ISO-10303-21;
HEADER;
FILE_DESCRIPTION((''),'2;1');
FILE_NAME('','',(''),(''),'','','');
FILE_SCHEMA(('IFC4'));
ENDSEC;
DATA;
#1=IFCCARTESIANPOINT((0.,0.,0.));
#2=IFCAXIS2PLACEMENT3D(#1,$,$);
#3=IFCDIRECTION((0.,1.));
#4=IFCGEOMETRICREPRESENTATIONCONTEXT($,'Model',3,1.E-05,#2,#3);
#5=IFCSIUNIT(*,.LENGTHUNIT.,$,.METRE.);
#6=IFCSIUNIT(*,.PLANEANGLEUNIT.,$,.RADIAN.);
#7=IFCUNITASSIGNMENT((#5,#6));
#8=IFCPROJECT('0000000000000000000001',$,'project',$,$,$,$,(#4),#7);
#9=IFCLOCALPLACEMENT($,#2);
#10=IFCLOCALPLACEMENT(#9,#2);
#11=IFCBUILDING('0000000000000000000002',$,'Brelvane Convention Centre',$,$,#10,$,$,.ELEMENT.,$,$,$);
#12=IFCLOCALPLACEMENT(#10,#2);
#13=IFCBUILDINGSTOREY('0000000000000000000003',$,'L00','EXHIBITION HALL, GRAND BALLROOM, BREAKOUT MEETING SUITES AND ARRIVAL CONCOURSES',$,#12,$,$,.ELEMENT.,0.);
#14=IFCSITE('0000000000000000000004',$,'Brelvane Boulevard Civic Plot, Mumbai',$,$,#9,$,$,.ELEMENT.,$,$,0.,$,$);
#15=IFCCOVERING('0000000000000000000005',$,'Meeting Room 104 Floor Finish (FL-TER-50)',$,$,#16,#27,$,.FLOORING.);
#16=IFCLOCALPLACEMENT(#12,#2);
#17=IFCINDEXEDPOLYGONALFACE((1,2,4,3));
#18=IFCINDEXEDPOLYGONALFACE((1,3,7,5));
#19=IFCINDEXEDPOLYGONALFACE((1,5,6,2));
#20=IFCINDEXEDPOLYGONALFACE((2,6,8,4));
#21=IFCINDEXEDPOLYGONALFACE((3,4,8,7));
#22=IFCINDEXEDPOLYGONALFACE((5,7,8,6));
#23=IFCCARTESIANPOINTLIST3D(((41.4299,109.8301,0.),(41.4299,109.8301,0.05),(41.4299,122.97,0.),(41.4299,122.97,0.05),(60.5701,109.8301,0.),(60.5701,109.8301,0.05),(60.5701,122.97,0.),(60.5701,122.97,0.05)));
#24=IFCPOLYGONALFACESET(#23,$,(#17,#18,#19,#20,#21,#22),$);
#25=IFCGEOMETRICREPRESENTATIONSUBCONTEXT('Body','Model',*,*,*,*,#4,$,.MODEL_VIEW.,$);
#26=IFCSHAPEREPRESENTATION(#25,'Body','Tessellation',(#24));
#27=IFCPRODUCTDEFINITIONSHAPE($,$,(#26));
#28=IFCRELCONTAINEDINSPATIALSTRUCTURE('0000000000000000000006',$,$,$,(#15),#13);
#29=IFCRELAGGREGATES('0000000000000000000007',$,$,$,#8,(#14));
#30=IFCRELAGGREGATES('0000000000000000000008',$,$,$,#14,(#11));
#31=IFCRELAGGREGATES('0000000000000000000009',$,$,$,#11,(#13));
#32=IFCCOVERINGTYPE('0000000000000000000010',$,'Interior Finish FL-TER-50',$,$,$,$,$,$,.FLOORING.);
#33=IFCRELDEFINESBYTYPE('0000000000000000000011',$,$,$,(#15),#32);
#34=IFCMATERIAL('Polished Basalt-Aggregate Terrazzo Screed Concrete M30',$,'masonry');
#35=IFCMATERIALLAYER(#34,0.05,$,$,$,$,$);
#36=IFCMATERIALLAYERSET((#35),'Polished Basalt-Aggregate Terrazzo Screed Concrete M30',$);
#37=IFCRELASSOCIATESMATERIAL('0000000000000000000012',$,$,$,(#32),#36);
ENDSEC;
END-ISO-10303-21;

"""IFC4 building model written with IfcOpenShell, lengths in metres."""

from ifc_helpers import new_model, si_unit, direction, origin, place, context, subcontext, project, spatial, polyline, outline, extrude, material, layer, layer_set, type_object, element, save


model = new_model("IFC4")

# Units and contexts
model_context = context("Model", 3, precision=1e-05, world=origin(), true_north=direction((0.0, 1.0)))
body_context = subcontext(model_context, "Body", "Model", "MODEL_VIEW")
ifc_project = project(units=[si_unit("LENGTHUNIT", "METRE"), si_unit("PLANEANGLEUNIT", "RADIAN")], contexts=[model_context])

# Site, building, storey
site_placement = place(None, origin())
site = spatial("IfcSite", under=ifc_project, at=site_placement, Name="Brelvane Boulevard Civic Plot, Mumbai", CompositionType="ELEMENT", RefElevation=0.0)
building_placement = place(site_placement, origin())
building = spatial("IfcBuilding", under=site, at=building_placement, Name="Brelvane Convention Centre", CompositionType="ELEMENT")
storey_placement = place(building_placement, origin())
storey = spatial("IfcBuildingStorey", under=building, at=storey_placement, Name="L00", Description="EXHIBITION HALL, GRAND BALLROOM, BREAKOUT MEETING SUITES AND ARRIVAL CONCOURSES", CompositionType="ELEMENT", Elevation=0.0)

# Covering
ifc_material_1 = material(Name="Polished Basalt-Aggregate Terrazzo Screed Concrete M30", Category="masonry")
ifc_layer_1 = layer(ifc_material_1, 0.05)
ifc_layer_set_1 = layer_set([ifc_layer_1], Name="Polished Basalt-Aggregate Terrazzo Screed Concrete M30")
covering_type_1 = type_object("IfcCoveringType", Name="Interior Finish FL-TER-50", PredefinedType="FLOORING", material=ifc_layer_set_1)
covering_1_placement = place(storey_placement, origin())
element("IfcCovering", 1, at=covering_1_placement, inside=storey, type_object=covering_type_1, Name="Meeting Room 104 Floor Finish (FL-TER-50)", PredefinedType="FLOORING", context=body_context, shape_type="SweptSolid", body=[
    extrude(outline(polyline([(41.4299, 109.8301), (60.5701, 109.8301), (60.5701, 122.97), (41.4299, 122.97), (41.4299, 109.8301)])), origin(), (0.0, 0.0, 1.0), 0.05),
])

save(model, "model.ifc")
